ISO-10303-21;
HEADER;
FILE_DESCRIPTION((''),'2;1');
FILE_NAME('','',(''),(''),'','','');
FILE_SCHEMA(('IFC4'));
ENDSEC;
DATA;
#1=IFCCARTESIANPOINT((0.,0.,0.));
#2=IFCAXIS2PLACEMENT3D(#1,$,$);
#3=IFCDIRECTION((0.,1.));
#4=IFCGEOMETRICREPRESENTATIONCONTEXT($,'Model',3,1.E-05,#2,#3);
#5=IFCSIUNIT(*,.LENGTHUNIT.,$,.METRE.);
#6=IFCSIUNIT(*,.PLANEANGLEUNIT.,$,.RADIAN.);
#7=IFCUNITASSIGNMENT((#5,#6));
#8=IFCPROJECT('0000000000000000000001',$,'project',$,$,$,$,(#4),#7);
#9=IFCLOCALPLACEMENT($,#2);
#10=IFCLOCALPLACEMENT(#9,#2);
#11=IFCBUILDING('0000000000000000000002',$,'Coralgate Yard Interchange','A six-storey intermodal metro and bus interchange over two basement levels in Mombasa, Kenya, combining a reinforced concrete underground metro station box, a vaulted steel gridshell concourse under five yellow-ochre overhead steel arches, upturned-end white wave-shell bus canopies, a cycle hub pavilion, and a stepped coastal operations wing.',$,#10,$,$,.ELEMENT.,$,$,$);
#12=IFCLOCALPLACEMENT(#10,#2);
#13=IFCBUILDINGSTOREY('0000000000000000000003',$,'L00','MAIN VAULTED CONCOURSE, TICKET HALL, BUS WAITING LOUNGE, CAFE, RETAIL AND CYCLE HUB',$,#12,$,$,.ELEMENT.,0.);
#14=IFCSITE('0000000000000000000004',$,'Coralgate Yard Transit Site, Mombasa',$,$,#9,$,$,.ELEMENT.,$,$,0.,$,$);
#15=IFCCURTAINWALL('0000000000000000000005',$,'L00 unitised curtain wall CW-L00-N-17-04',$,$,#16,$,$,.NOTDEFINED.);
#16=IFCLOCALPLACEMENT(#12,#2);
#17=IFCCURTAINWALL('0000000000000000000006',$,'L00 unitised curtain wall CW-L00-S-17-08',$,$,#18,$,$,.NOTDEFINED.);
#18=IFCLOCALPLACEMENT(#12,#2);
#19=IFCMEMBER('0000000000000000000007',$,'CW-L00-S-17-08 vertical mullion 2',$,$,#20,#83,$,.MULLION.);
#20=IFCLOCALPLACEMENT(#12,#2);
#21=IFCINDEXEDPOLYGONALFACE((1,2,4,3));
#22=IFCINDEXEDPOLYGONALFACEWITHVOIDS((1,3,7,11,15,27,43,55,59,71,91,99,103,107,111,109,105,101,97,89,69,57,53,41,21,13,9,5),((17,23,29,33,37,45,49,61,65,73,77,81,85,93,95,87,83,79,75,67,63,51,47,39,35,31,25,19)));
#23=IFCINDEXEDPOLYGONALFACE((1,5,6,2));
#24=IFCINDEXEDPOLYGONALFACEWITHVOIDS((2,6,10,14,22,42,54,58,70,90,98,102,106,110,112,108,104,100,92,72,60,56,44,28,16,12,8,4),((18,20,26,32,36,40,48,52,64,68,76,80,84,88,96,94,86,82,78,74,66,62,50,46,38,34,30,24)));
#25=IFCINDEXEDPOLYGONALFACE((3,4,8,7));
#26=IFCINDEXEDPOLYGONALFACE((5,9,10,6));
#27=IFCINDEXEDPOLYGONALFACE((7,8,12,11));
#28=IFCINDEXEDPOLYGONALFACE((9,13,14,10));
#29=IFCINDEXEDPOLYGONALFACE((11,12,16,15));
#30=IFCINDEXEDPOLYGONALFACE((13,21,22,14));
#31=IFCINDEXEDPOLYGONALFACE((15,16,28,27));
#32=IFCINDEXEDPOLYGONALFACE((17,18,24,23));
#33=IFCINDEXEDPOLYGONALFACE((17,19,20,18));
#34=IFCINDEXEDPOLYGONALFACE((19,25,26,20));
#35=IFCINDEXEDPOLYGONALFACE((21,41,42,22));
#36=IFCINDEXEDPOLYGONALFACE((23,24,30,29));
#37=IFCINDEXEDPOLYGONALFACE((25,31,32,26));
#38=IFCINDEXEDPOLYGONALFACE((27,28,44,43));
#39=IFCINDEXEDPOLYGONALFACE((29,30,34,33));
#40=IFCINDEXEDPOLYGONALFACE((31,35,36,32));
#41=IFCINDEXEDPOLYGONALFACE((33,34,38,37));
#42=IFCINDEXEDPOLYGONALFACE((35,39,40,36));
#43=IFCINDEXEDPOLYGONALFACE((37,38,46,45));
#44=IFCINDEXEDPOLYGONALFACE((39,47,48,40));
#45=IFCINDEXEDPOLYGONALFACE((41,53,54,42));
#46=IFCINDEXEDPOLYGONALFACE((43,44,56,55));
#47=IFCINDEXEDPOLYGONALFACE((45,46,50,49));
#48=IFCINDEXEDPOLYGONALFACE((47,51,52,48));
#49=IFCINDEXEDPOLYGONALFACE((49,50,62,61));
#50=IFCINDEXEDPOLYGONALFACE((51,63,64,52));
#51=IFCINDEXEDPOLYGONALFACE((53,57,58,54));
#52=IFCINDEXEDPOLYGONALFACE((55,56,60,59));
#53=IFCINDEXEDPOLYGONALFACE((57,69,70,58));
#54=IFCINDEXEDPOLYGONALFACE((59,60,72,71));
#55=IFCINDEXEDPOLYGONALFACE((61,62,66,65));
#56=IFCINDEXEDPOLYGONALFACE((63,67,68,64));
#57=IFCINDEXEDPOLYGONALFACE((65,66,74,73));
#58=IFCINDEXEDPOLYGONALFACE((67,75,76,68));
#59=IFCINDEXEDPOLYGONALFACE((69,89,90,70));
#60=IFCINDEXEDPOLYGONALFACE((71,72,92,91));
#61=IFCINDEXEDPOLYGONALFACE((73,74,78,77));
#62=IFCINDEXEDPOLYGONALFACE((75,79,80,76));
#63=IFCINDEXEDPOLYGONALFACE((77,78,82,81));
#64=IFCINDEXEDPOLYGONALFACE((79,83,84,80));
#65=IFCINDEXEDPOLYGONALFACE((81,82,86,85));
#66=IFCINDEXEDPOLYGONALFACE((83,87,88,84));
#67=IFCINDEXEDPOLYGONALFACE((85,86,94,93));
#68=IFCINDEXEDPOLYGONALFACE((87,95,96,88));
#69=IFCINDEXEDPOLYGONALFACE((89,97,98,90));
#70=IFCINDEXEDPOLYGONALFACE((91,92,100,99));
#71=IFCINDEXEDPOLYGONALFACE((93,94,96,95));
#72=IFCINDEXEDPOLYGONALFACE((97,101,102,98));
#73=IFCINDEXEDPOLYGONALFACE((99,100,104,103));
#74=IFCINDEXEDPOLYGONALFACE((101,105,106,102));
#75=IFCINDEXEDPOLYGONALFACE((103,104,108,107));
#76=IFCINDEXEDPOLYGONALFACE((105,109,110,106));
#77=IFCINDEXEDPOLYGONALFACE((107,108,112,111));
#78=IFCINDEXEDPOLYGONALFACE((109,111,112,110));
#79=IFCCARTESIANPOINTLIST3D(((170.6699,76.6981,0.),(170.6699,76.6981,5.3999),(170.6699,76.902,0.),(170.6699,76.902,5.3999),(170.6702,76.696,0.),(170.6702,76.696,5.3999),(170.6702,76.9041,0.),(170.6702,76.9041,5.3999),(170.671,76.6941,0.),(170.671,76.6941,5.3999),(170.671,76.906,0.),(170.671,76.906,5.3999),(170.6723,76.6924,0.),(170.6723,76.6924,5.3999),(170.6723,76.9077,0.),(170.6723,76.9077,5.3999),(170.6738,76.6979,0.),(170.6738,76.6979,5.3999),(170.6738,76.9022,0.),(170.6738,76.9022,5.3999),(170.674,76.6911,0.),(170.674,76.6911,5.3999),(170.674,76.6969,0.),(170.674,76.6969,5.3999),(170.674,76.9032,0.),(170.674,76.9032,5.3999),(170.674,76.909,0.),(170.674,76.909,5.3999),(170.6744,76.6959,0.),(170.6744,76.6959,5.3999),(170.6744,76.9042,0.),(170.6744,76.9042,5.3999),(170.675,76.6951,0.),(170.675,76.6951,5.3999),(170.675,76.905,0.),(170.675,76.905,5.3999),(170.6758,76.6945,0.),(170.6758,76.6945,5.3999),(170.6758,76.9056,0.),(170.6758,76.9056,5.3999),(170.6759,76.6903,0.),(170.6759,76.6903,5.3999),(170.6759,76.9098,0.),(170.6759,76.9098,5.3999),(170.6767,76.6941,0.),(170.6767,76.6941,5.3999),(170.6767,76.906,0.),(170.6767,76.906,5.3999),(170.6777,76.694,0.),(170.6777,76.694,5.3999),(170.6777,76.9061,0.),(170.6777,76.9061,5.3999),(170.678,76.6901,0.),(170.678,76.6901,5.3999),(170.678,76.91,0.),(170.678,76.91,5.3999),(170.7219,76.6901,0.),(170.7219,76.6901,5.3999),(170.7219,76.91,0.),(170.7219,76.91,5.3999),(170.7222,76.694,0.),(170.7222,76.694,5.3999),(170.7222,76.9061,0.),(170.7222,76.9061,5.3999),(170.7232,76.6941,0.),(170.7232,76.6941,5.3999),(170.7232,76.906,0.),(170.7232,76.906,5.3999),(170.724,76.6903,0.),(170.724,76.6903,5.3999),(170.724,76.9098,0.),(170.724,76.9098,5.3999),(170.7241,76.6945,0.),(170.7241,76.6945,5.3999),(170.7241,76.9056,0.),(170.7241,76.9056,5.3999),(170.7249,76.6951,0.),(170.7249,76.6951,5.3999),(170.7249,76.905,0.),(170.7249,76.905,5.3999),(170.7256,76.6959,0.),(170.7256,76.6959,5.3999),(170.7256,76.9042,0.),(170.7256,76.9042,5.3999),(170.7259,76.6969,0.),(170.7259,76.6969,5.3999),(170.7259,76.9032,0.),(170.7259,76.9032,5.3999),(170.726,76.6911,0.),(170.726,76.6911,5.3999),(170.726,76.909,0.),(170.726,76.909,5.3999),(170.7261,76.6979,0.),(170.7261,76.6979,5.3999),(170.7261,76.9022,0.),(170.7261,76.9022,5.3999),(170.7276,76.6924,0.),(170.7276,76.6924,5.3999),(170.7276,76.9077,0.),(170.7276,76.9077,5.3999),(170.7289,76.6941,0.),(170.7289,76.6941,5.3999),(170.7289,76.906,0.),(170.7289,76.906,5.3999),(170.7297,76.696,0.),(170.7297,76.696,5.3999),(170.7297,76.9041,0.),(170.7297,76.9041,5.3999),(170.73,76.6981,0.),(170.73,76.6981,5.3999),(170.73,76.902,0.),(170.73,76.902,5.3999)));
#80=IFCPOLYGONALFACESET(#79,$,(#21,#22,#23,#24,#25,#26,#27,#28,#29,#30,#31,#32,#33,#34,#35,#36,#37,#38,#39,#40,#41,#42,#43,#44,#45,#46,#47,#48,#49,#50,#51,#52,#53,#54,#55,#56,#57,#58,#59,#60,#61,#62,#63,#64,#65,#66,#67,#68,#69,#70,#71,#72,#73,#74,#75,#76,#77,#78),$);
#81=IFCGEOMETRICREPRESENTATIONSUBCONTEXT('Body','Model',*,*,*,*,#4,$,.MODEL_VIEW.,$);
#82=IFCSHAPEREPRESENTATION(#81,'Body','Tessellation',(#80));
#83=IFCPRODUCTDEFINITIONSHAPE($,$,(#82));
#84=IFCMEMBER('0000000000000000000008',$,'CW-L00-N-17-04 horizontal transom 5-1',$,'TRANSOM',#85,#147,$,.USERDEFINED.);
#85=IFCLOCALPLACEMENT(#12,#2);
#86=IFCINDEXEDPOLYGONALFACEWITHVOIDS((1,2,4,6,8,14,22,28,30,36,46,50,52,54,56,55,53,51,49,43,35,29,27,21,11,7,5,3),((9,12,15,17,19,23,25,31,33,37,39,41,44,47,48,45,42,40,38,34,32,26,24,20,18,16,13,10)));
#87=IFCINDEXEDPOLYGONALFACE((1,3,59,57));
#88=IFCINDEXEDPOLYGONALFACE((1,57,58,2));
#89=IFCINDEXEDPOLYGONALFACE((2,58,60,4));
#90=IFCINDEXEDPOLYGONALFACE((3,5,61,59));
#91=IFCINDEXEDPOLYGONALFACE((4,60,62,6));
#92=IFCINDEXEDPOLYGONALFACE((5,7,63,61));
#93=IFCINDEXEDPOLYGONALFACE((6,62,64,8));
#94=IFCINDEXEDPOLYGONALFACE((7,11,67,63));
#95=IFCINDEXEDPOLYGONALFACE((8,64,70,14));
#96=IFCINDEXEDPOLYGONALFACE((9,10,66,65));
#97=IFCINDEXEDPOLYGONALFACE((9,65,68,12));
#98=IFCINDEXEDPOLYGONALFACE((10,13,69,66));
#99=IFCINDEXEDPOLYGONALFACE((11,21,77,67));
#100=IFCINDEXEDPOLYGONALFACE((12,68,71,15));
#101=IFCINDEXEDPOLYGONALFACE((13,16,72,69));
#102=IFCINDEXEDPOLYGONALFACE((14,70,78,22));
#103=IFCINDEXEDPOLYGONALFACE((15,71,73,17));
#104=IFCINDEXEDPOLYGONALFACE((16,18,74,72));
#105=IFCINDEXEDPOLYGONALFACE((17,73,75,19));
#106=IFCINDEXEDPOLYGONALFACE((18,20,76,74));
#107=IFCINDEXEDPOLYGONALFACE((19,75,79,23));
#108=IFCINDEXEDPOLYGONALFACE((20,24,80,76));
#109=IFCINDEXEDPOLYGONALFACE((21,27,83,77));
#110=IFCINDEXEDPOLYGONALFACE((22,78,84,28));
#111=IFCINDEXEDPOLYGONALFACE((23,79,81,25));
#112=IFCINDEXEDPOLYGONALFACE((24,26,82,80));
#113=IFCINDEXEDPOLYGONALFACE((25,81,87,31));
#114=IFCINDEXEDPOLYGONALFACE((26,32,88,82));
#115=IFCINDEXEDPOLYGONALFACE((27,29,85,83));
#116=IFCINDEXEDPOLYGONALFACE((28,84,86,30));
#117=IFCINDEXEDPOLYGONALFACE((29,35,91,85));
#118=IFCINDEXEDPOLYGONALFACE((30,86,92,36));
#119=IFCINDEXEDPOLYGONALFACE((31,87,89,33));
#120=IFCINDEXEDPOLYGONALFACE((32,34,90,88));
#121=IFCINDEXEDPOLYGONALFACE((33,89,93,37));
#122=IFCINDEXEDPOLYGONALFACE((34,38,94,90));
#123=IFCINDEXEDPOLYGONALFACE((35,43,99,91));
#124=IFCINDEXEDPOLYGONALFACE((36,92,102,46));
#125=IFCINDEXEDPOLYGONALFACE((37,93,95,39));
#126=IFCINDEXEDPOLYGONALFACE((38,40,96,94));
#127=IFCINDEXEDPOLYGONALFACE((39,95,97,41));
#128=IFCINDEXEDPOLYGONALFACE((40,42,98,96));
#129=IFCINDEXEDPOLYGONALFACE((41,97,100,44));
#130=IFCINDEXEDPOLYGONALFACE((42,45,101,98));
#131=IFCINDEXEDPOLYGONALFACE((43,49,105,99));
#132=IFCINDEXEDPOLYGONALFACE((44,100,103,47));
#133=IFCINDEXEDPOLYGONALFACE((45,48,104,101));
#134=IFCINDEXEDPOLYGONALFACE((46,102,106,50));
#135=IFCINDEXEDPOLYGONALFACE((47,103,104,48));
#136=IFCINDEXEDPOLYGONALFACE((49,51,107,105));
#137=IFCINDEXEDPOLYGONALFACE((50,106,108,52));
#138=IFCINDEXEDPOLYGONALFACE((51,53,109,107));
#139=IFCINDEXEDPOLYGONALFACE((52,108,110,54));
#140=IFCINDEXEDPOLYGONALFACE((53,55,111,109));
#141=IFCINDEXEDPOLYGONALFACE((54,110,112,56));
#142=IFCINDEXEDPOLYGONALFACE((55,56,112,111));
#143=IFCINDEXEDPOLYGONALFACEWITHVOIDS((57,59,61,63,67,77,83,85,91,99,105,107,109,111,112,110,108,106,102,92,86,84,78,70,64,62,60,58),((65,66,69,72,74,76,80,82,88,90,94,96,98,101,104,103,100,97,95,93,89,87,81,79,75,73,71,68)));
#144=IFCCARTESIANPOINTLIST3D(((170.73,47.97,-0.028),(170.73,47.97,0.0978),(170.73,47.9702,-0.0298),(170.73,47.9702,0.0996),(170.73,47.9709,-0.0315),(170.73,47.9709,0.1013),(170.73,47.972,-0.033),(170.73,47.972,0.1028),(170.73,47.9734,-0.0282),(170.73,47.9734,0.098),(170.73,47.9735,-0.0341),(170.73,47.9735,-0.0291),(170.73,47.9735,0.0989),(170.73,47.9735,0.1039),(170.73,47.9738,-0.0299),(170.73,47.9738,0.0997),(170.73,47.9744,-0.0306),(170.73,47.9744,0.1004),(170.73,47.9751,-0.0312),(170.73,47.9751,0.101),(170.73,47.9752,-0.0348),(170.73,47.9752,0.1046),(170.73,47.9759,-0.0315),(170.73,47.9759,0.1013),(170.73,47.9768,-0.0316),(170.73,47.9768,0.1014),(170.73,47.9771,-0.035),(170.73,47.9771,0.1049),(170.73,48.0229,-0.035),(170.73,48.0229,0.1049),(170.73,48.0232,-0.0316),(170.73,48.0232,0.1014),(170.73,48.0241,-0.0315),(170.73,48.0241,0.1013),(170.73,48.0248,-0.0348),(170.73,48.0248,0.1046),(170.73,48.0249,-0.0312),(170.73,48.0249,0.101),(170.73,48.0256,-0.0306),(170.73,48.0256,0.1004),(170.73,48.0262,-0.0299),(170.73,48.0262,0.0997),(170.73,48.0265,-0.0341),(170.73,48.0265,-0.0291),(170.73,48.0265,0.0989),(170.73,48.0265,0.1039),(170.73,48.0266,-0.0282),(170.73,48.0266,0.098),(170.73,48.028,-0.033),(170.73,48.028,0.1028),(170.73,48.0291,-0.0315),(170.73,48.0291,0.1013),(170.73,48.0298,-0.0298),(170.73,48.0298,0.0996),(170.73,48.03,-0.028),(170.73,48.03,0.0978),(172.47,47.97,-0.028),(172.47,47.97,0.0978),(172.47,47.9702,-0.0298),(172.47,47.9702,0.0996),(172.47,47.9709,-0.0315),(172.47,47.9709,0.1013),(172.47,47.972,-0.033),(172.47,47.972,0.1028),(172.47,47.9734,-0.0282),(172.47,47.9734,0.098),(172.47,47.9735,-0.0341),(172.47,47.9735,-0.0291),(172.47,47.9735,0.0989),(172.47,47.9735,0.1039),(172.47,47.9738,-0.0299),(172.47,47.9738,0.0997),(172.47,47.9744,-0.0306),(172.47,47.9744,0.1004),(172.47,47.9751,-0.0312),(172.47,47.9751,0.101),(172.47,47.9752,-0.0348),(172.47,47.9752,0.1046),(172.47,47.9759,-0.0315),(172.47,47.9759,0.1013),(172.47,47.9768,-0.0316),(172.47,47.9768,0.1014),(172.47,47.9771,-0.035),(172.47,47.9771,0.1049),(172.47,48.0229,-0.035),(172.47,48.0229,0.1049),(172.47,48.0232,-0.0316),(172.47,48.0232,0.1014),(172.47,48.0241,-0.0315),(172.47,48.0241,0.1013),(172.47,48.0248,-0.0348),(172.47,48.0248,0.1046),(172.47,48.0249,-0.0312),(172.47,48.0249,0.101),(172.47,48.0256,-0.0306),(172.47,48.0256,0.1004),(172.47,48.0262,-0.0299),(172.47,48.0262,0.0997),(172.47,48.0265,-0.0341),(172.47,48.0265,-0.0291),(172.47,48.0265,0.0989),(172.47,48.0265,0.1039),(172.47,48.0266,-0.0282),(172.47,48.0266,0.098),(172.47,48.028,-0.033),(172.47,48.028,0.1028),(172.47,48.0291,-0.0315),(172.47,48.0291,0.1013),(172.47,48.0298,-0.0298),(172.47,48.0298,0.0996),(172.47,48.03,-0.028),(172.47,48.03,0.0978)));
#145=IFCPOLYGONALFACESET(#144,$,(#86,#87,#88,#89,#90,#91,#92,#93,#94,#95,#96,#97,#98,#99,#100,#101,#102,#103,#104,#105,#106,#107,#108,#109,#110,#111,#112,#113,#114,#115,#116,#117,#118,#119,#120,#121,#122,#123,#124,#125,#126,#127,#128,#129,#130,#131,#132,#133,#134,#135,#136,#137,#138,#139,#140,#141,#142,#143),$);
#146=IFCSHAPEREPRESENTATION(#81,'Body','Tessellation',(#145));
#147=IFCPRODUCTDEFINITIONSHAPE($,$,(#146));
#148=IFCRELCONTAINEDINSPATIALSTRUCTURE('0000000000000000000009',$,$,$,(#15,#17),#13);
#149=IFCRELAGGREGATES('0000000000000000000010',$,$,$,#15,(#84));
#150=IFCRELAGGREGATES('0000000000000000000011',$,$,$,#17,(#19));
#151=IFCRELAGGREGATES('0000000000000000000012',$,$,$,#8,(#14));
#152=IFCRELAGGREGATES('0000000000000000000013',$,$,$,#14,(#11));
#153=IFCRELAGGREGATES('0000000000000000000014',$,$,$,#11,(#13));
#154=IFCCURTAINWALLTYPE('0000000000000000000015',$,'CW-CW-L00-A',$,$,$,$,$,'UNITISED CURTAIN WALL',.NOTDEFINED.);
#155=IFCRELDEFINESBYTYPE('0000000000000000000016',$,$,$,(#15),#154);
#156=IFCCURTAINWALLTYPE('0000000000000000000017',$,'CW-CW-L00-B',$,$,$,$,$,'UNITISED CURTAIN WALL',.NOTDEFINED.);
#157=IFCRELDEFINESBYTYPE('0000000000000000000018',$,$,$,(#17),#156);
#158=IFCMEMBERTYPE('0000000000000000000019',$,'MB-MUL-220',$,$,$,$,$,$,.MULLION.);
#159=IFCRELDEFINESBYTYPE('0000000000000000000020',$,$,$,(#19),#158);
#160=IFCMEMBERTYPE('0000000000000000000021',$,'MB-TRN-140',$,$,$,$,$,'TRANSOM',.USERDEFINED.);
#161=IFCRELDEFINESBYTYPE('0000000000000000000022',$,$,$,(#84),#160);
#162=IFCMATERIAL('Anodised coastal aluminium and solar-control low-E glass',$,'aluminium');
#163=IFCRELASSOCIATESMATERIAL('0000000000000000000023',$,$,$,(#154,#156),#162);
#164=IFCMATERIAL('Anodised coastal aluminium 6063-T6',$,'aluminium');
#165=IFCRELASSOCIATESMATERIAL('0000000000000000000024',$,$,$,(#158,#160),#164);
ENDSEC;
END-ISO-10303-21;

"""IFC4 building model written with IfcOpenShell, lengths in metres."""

from ifc_helpers import new_model, si_unit, direction, frame, origin, origin_2d, place, context, subcontext, project, spatial, hollow_rectangle, extrude, material, material_profile, profile_set, type_object, element, aggregate, save


model = new_model("IFC4")

# Units and contexts
model_context = context("Model", 3, precision=1e-05, world=origin(), true_north=direction((0.0, 1.0)))
body_context = subcontext(model_context, "Body", "Model", "MODEL_VIEW")
ifc_project = project(units=[si_unit("LENGTHUNIT", "METRE"), si_unit("PLANEANGLEUNIT", "RADIAN")], contexts=[model_context])

# Site, building, storey
site_placement = place(None, origin())
site = spatial("IfcSite", under=ifc_project, at=site_placement, Name="Coralgate Yard Transit Site, Mombasa", CompositionType="ELEMENT", RefElevation=0.0)
building_placement = place(site_placement, origin())
building = spatial("IfcBuilding", under=site, at=building_placement, Name="Coralgate Yard Interchange", Description="A six-storey intermodal metro and bus interchange over two basement levels in Mombasa, Kenya, combining a reinforced concrete underground metro station box, a vaulted steel gridshell concourse under five yellow-ochre overhead steel arches, upturned-end white wave-shell bus canopies, a cycle hub pavilion, and a stepped coastal operations wing.", CompositionType="ELEMENT")
storey_placement = place(building_placement, origin())
storey = spatial("IfcBuildingStorey", under=building, at=storey_placement, Name="L00", Description="MAIN VAULTED CONCOURSE, TICKET HALL, BUS WAITING LOUNGE, CAFE, RETAIL AND CYCLE HUB", CompositionType="ELEMENT", Elevation=0.0)

# Curtain wall
ifc_material_1 = material(Name="Anodised coastal aluminium and solar-control low-E glass", Category="aluminium")
curtain_wall_type_1 = type_object("IfcCurtainWallType", Name="CW-CW-L00-A", ElementType="UNITISED CURTAIN WALL", PredefinedType="NOTDEFINED", material=ifc_material_1)
curtain_wall_1_placement = place(storey_placement, origin())
curtain_wall_1 = element("IfcCurtainWall", 1, at=curtain_wall_1_placement, inside=storey, type_object=curtain_wall_type_1, Name="L00 unitised curtain wall CW-L00-N-17-04", PredefinedType="NOTDEFINED")
ifc_material_2 = material(Name="Anodised coastal aluminium 6063-T6", Category="aluminium")
ifc_material_profile_1 = material_profile(ifc_material_2, hollow_rectangle(XDim=0.0601, YDim=0.22, WallThickness=0.0039, InnerFilletRadius=0.0039, OuterFilletRadius=0.0081, at=origin_2d()), Name="ALU 60x220x4")
ifc_profile_set_1 = profile_set([ifc_material_profile_1], Name="Anodised coastal aluminium 6063-T6")
member_type_1 = type_object("IfcMemberType", Name="MB-MUL-220", PredefinedType="MULLION", material=ifc_profile_set_1)

# Curtain wall, member
curtain_wall_type_2 = type_object("IfcCurtainWallType", Name="CW-CW-L00-B", ElementType="UNITISED CURTAIN WALL", PredefinedType="NOTDEFINED", material=ifc_material_1)
curtain_wall_2_placement = place(storey_placement, origin())
curtain_wall_2 = element("IfcCurtainWall", 2, at=curtain_wall_2_placement, inside=storey, type_object=curtain_wall_type_2, Name="L00 unitised curtain wall CW-L00-S-17-08", PredefinedType="NOTDEFINED")
member_1_placement = place(storey_placement, frame((170.7, 76.8, 0.0), z_axis=(0.0, 0.0, 1.0), x_axis=(1.0, 0.0, 0.0)))
member_1 = element("IfcMember", 3, at=member_1_placement, type_object=member_type_1, Name="CW-L00-S-17-08 vertical mullion 2", PredefinedType="MULLION", context=body_context, shape_type="SweptSolid", body=[
    extrude(hollow_rectangle(XDim=0.0601, YDim=0.22, WallThickness=0.0039, InnerFilletRadius=0.0039, OuterFilletRadius=0.0081, at=origin_2d()), origin(), (0.0, 0.0, 1.0), 5.3999),
])

# Member
ifc_material_profile_2 = material_profile(ifc_material_2, hollow_rectangle(XDim=0.0601, YDim=0.1399, WallThickness=0.0034, InnerFilletRadius=0.0034, OuterFilletRadius=0.0071, at=origin_2d()), Name="ALU 60x140x3.5")
ifc_profile_set_2 = profile_set([ifc_material_profile_2], Name="Anodised coastal aluminium 6063-T6")
member_type_2 = type_object("IfcMemberType", Name="MB-TRN-140", ElementType="TRANSOM", PredefinedType="USERDEFINED", material=ifc_profile_set_2)
member_2_placement = place(storey_placement, frame((170.73, 48.0, 0.0349), z_axis=(1.0, 0.0, 0.0), x_axis=(0.0, 1.0, 0.0)))
member_2 = element("IfcMember", 4, at=member_2_placement, type_object=member_type_2, Name="CW-L00-N-17-04 horizontal transom 5-1", ObjectType="TRANSOM", PredefinedType="USERDEFINED", context=body_context, shape_type="SweptSolid", body=[
    extrude(hollow_rectangle(XDim=0.0601, YDim=0.1399, WallThickness=0.0034, InnerFilletRadius=0.0034, OuterFilletRadius=0.0071, at=origin_2d()), origin(), (0.0, 0.0, 1.0), 1.74),
])

aggregate(curtain_wall_1, [member_2])
aggregate(curtain_wall_2, [member_1])

save(model, "model.ifc")
